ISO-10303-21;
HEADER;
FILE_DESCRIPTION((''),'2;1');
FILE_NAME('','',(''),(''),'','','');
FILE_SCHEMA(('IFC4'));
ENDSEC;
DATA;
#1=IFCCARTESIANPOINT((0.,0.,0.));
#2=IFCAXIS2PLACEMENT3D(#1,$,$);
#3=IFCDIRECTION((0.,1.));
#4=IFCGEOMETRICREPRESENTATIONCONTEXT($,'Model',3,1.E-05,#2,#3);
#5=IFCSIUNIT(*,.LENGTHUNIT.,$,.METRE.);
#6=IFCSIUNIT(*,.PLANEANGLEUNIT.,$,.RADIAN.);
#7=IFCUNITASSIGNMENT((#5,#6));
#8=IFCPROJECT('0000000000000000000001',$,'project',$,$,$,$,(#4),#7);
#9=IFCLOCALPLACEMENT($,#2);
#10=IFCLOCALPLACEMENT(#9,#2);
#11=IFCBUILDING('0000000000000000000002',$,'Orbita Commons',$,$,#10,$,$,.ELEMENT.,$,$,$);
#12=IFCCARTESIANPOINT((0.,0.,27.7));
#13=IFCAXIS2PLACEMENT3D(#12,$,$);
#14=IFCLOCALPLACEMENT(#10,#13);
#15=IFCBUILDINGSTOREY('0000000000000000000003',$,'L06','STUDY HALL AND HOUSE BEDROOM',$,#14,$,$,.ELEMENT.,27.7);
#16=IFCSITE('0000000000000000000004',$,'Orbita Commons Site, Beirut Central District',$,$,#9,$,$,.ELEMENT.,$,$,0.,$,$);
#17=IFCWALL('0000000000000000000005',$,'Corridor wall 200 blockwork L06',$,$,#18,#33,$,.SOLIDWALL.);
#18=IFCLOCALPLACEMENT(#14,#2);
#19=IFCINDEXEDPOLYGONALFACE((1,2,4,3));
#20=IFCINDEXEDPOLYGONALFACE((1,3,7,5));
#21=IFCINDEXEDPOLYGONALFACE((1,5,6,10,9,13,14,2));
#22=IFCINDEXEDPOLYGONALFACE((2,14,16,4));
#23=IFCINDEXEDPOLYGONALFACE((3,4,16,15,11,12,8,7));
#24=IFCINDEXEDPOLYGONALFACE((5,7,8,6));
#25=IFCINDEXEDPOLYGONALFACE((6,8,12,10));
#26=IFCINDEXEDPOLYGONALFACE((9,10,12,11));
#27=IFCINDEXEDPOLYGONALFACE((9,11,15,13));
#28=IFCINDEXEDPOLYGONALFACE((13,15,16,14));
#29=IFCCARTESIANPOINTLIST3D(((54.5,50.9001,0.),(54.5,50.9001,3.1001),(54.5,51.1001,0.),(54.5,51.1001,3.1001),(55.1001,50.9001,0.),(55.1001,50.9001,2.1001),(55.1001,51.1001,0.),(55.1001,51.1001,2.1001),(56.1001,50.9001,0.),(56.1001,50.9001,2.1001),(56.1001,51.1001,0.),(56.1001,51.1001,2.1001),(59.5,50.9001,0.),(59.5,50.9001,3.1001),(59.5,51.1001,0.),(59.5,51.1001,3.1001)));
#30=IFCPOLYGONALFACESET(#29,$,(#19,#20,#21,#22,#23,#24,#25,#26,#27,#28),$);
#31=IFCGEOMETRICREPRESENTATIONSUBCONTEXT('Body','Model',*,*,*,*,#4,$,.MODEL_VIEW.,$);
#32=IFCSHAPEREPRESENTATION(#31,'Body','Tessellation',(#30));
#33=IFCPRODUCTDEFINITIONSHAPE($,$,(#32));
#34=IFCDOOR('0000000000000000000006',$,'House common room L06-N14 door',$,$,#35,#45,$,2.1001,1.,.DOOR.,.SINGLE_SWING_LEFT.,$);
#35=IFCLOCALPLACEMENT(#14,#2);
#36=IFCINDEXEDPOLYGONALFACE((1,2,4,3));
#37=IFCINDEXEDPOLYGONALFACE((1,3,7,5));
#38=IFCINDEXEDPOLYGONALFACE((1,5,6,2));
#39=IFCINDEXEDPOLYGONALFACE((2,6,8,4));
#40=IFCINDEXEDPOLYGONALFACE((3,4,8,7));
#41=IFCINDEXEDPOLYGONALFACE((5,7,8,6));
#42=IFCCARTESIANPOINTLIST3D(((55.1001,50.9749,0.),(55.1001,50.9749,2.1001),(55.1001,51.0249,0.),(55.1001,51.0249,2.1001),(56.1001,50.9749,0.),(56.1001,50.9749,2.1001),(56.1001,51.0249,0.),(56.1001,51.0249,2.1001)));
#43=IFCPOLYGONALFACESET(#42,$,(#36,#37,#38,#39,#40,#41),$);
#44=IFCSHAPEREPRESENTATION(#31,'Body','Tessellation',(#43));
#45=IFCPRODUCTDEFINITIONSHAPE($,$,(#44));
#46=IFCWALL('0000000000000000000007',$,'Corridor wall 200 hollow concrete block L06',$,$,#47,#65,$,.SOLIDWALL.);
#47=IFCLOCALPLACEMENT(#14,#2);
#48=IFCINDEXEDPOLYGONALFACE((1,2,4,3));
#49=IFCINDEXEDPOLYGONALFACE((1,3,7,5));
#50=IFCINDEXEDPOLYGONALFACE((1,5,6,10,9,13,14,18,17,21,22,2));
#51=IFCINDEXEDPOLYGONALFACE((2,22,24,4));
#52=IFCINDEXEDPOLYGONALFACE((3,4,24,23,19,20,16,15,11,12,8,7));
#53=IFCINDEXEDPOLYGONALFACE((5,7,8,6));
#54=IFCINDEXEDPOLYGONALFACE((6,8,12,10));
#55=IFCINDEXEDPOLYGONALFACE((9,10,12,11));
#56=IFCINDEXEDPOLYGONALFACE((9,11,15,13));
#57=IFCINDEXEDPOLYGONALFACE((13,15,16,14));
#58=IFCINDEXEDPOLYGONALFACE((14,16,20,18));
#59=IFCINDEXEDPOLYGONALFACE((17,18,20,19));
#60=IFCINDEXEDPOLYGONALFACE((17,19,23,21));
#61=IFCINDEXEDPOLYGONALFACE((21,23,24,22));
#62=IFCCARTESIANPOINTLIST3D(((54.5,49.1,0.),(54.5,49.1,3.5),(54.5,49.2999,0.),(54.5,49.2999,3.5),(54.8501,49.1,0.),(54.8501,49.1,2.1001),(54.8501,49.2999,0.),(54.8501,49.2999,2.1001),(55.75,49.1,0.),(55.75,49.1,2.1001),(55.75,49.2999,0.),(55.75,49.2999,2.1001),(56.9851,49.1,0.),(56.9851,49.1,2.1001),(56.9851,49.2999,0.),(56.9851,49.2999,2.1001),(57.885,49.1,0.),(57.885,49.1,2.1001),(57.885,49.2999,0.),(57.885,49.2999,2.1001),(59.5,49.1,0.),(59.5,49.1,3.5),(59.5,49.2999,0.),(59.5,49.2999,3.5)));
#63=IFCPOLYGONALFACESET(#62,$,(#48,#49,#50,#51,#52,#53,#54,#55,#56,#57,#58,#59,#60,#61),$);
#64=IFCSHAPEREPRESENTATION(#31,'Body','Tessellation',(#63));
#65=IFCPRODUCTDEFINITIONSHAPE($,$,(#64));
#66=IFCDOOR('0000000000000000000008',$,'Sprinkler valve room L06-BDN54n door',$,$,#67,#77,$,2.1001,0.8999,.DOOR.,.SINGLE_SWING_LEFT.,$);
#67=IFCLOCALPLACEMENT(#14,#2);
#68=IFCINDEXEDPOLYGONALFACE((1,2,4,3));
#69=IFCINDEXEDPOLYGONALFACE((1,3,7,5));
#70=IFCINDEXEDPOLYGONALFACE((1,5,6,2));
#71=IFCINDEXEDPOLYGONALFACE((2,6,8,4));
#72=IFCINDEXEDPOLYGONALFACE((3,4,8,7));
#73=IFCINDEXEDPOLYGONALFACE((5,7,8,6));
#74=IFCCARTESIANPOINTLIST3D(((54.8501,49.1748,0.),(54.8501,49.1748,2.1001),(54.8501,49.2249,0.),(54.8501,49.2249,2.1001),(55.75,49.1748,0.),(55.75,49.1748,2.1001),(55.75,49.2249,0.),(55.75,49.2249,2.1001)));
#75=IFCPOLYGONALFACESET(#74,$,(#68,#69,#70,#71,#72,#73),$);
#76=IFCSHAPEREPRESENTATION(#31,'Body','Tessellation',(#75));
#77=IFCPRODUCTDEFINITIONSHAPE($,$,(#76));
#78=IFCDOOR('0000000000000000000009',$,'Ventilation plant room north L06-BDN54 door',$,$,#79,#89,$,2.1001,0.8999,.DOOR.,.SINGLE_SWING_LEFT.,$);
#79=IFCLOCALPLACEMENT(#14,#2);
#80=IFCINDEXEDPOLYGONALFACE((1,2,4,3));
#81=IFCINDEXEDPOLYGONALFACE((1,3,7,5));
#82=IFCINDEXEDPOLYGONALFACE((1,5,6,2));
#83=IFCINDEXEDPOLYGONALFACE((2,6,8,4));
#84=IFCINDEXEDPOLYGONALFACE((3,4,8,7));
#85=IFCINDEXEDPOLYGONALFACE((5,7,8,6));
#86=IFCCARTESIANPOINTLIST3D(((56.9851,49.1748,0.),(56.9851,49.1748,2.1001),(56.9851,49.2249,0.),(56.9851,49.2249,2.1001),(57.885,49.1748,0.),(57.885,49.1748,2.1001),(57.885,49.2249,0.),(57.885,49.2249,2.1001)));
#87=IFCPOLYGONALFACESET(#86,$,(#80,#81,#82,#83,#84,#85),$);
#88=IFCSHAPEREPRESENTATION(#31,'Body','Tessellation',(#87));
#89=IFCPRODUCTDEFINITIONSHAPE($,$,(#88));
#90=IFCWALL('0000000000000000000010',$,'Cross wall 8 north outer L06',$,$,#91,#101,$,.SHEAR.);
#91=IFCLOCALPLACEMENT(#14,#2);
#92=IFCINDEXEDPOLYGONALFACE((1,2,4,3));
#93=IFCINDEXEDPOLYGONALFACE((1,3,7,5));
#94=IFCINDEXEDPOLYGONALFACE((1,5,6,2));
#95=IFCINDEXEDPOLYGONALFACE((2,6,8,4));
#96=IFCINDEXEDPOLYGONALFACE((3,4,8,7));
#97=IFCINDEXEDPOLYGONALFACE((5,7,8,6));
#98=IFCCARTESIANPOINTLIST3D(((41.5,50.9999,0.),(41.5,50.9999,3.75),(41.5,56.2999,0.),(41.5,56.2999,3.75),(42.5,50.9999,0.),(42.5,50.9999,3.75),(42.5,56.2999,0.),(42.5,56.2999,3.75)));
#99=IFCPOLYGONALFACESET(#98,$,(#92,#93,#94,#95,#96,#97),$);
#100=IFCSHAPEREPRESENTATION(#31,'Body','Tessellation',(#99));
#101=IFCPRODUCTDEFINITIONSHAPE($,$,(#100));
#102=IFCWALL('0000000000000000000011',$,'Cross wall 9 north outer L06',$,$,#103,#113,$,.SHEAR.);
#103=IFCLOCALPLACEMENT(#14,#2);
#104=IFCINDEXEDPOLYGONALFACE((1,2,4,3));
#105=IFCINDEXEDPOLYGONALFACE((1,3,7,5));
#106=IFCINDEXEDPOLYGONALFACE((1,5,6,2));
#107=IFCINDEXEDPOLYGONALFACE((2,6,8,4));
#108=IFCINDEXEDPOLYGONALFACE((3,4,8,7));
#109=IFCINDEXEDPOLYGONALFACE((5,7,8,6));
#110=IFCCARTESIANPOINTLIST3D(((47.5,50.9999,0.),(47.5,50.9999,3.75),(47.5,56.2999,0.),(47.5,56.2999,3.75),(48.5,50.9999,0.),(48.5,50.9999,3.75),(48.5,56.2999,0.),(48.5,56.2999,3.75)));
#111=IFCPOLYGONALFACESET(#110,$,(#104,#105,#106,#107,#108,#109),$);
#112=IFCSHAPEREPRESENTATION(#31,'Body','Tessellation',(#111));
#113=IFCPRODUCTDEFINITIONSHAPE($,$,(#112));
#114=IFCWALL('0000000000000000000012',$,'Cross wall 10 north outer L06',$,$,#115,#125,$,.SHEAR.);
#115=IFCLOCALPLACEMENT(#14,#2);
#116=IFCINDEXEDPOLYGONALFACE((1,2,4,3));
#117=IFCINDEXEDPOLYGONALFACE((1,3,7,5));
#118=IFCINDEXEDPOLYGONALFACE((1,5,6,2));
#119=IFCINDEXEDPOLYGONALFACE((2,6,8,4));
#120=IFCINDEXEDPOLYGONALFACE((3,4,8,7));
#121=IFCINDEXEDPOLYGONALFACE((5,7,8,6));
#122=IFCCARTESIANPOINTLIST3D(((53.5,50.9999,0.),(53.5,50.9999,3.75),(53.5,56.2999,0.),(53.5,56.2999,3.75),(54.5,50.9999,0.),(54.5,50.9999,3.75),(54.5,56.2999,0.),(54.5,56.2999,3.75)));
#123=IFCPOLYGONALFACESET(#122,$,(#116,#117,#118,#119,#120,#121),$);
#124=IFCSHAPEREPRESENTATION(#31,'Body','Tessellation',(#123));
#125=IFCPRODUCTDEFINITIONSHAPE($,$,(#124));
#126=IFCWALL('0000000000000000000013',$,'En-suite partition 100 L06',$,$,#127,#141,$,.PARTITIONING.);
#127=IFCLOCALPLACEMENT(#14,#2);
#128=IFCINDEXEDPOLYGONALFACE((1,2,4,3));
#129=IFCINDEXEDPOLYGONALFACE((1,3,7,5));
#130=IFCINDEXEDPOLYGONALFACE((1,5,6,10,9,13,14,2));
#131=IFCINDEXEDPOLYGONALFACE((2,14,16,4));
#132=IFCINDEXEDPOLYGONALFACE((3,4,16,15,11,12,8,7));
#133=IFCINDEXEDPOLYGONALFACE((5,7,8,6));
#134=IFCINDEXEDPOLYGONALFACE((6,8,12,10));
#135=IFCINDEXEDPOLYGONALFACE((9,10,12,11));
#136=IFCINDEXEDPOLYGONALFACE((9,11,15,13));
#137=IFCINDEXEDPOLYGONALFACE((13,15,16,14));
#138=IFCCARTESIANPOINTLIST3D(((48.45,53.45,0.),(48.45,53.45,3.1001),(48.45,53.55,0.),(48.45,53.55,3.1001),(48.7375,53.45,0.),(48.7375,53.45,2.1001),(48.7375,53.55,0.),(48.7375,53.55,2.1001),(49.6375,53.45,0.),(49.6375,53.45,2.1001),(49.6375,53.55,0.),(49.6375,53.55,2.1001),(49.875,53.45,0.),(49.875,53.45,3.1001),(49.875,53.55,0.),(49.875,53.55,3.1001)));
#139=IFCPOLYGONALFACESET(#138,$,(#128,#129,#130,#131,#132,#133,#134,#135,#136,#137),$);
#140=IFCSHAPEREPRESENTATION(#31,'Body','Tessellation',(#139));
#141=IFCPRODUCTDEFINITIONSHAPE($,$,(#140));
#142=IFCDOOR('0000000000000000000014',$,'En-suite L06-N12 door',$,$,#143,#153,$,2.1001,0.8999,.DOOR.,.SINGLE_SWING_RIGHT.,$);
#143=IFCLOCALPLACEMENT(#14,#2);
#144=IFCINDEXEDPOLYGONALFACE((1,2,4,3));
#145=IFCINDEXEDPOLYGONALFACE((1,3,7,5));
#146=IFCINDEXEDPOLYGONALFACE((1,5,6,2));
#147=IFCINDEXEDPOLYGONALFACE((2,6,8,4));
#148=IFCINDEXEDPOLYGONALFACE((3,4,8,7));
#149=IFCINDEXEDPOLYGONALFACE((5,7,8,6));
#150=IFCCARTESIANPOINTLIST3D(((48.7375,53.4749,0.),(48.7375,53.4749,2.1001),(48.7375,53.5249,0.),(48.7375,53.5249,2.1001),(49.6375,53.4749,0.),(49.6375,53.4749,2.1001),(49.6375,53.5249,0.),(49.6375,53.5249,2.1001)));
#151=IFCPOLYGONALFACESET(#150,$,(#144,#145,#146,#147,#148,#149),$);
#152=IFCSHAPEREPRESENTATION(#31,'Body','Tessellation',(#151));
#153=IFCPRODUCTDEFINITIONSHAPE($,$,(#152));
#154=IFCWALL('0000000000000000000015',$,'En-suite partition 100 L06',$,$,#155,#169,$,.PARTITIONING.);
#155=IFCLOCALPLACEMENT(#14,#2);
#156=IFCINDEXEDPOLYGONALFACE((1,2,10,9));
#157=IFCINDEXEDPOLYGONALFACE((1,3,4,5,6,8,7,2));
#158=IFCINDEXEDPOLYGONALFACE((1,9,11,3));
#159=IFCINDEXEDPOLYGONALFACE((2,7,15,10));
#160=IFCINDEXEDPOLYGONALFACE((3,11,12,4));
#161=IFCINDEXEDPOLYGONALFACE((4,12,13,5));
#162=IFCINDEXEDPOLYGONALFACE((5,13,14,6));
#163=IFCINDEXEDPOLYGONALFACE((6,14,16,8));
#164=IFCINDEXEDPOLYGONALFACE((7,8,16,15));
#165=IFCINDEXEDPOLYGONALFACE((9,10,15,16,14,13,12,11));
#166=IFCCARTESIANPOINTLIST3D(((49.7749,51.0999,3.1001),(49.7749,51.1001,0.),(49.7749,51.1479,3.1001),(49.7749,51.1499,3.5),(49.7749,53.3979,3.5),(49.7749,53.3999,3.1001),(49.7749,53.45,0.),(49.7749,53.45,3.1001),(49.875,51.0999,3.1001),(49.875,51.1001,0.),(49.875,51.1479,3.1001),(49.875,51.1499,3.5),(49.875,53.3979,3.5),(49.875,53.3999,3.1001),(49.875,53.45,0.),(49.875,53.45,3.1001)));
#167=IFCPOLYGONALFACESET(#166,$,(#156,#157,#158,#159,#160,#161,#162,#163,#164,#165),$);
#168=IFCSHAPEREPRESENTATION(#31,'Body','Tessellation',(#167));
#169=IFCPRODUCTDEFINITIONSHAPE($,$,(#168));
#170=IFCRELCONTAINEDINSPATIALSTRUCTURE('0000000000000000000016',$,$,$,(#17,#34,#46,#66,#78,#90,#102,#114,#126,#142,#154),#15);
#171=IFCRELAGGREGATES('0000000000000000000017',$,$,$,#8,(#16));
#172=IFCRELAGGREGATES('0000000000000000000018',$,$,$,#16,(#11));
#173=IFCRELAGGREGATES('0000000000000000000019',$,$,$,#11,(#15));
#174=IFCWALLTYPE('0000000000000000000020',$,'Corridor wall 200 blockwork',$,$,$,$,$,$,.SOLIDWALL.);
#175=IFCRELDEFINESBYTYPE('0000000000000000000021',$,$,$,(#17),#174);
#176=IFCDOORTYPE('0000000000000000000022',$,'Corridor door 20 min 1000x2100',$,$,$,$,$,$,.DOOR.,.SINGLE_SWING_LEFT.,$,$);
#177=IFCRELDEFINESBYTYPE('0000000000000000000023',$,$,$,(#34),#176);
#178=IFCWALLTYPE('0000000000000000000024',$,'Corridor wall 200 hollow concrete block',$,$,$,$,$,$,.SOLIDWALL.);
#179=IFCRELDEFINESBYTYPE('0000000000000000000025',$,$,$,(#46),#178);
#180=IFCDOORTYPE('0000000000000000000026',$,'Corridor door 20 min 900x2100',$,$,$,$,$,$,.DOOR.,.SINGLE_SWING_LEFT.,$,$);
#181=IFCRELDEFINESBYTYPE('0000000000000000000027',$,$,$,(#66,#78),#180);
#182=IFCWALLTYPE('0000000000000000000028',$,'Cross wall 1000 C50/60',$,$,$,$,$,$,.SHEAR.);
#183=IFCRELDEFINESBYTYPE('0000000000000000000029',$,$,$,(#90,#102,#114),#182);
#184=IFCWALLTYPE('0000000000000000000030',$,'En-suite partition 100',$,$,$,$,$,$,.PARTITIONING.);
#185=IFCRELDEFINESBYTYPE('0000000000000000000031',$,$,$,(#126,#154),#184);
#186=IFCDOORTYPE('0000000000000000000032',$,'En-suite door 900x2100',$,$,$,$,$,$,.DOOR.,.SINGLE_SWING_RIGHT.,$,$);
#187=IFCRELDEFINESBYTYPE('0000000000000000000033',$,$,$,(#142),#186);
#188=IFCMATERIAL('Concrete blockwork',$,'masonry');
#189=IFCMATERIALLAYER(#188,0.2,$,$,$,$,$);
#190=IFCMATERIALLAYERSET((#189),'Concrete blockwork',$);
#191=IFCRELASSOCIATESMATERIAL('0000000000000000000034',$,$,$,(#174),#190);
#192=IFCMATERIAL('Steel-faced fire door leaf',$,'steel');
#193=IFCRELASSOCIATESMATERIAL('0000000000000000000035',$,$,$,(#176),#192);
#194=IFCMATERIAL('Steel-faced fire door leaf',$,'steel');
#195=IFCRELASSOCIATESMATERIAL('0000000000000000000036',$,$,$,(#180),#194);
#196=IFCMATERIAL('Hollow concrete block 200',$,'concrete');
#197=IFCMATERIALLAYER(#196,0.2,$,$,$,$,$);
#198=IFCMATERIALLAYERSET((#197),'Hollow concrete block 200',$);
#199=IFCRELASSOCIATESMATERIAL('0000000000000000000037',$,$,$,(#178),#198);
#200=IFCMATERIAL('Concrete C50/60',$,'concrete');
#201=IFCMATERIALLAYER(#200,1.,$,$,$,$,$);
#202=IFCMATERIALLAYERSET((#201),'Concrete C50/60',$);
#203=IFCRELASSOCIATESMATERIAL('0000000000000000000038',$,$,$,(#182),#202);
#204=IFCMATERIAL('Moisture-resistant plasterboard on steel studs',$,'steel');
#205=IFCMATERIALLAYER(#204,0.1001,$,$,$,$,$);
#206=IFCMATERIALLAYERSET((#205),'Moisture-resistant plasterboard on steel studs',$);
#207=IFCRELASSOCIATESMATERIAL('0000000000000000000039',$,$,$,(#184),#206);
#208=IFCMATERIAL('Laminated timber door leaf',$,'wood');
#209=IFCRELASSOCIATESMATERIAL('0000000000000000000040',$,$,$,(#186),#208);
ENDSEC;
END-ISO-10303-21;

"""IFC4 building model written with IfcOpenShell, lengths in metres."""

from ifc_helpers import new_model, si_unit, direction, frame, frame_2d, origin, place, context, subcontext, project, spatial, polyline, rectangle, outline, extrude, material, layer, layer_set, type_object, element, fill, save


model = new_model("IFC4")

# Units and contexts
model_context = context("Model", 3, precision=1e-05, world=origin(), true_north=direction((0.0, 1.0)))
body_context = subcontext(model_context, "Body", "Model", "MODEL_VIEW")
ifc_project = project(units=[si_unit("LENGTHUNIT", "METRE"), si_unit("PLANEANGLEUNIT", "RADIAN")], contexts=[model_context])

# Site, building, storey
site_placement = place(None, origin())
site = spatial("IfcSite", under=ifc_project, at=site_placement, Name="Orbita Commons Site, Beirut Central District", CompositionType="ELEMENT", RefElevation=0.0)
building_placement = place(site_placement, origin())
building = spatial("IfcBuilding", under=site, at=building_placement, Name="Orbita Commons", CompositionType="ELEMENT")
storey_placement = place(building_placement, frame((0.0, 0.0, 27.7)))
storey = spatial("IfcBuildingStorey", under=building, at=storey_placement, Name="L06", Description="STUDY HALL AND HOUSE BEDROOM", CompositionType="ELEMENT", Elevation=27.7)

# Shared definitions
ifc_material_1 = material(Name="Concrete blockwork", Category="masonry")
ifc_layer_1 = layer(ifc_material_1, 0.2)
ifc_layer_set_1 = layer_set([ifc_layer_1], Name="Concrete blockwork")
wall_type_1 = type_object("IfcWallType", Name="Corridor wall 200 blockwork", PredefinedType="SOLIDWALL", material=ifc_layer_set_1)
ifc_material_2 = material(Name="Steel-faced fire door leaf", Category="steel")
door_type_1 = type_object("IfcDoorType", Name="Corridor door 20 min 1000x2100", OperationType="SINGLE_SWING_LEFT", PredefinedType="DOOR", material=ifc_material_2)

# Shared definitions
ifc_material_3 = material(Name="Steel-faced fire door leaf", Category="steel")
door_type_2 = type_object("IfcDoorType", Name="Corridor door 20 min 900x2100", OperationType="SINGLE_SWING_LEFT", PredefinedType="DOOR", material=ifc_material_3)

# Wall, opening, door
wall_1_placement = place(storey_placement, frame((54.5, 51.0, 0.0), z_axis=(0.0, 0.0, 1.0), x_axis=(1.0, 0.0, 0.0)))
wall_1 = element("IfcWall", 1, at=wall_1_placement, inside=storey, type_object=wall_type_1, Name="Corridor wall 200 blockwork L06", PredefinedType="SOLIDWALL", context=body_context, shape_type="SweptSolid", body=[
    extrude(outline(polyline([(0.0, 0.0), (5.0, 0.0), (5.0, 3.1001), (0.0, 3.1001), (0.0, 0.0)])), frame((0.0, 0.1001, 0.0), z_axis=(0.0, -1.0, 0.0), x_axis=(1.0, 0.0, 0.0)), (0.0, 0.0, 1.0), 0.2),
])
opening_1_placement = place(wall_1_placement, frame((0.6001, 0.0, 0.0)))
opening_1 = element("IfcOpeningElement", 2, at=opening_1_placement, cuts=wall_1, PredefinedType="OPENING", context=body_context, shape_type="SweptSolid", body=[
    extrude(rectangle(XDim=1.0, YDim=2.1001, at=frame_2d((0.5, 1.05))), frame((0.0, 0.1099, 0.0), z_axis=(0.0, -1.0, 0.0), x_axis=(1.0, 0.0, 0.0)), (0.0, 0.0, 1.0), 0.22),
])
door_1_placement = place(opening_1_placement, origin())
door_1 = element("IfcDoor", 3, at=door_1_placement, inside=storey, type_object=door_type_1, Name="House common room L06-N14 door", OperationType="SINGLE_SWING_LEFT", OverallHeight=2.1001, OverallWidth=1.0, PredefinedType="DOOR", context=body_context, shape_type="SweptSolid", body=[
    extrude(rectangle(XDim=1.0, YDim=2.1001, at=frame_2d((0.5, 1.05))), frame((0.0, 0.0249, 0.0), z_axis=(0.0, -1.0, 0.0), x_axis=(1.0, 0.0, 0.0)), (0.0, 0.0, 1.0), 0.05),
])
fill(opening_1, door_1)

# Wall, openings, doors
ifc_material_4 = material(Name="Hollow concrete block 200", Category="concrete")
ifc_layer_2 = layer(ifc_material_4, 0.2)
ifc_layer_set_2 = layer_set([ifc_layer_2], Name="Hollow concrete block 200")
wall_type_2 = type_object("IfcWallType", Name="Corridor wall 200 hollow concrete block", PredefinedType="SOLIDWALL", material=ifc_layer_set_2)
wall_2_placement = place(storey_placement, frame((54.5, 49.2, 0.0), z_axis=(0.0, 0.0, 1.0), x_axis=(1.0, 0.0, 0.0)))
wall_2 = element("IfcWall", 4, at=wall_2_placement, inside=storey, type_object=wall_type_2, Name="Corridor wall 200 hollow concrete block L06", PredefinedType="SOLIDWALL", context=body_context, shape_type="SweptSolid", body=[
    extrude(rectangle(XDim=5.0, YDim=0.2, at=frame_2d((2.5, 0.0))), origin(), (0.0, 0.0, 1.0), 3.5),
])
opening_2_placement = place(wall_2_placement, frame((0.3501, 0.0, 0.0)))
opening_2 = element("IfcOpeningElement", 5, at=opening_2_placement, cuts=wall_2, PredefinedType="OPENING", context=body_context, shape_type="SweptSolid", body=[
    extrude(rectangle(XDim=0.8999, YDim=2.1001, at=frame_2d((0.45, 1.05))), frame((0.0, 0.1099, 0.0), z_axis=(0.0, -1.0, 0.0), x_axis=(1.0, 0.0, 0.0)), (0.0, 0.0, 1.0), 0.22),
])
opening_3_placement = place(wall_2_placement, frame((2.4851, 0.0, 0.0)))
opening_3 = element("IfcOpeningElement", 6, at=opening_3_placement, cuts=wall_2, PredefinedType="OPENING", context=body_context, shape_type="SweptSolid", body=[
    extrude(rectangle(XDim=0.8999, YDim=2.1001, at=frame_2d((0.45, 1.05))), frame((0.0, 0.1099, 0.0), z_axis=(0.0, -1.0, 0.0), x_axis=(1.0, 0.0, 0.0)), (0.0, 0.0, 1.0), 0.22),
])
door_2_placement = place(opening_2_placement, origin())
door_2 = element("IfcDoor", 7, at=door_2_placement, inside=storey, type_object=door_type_2, Name="Sprinkler valve room L06-BDN54n door", OperationType="SINGLE_SWING_LEFT", OverallHeight=2.1001, OverallWidth=0.8999, PredefinedType="DOOR", context=body_context, shape_type="SweptSolid", body=[
    extrude(rectangle(XDim=0.8999, YDim=2.1001, at=frame_2d((0.45, 1.05))), frame((0.0, 0.0249, 0.0), z_axis=(0.0, -1.0, 0.0), x_axis=(1.0, 0.0, 0.0)), (0.0, 0.0, 1.0), 0.05),
])
fill(opening_2, door_2)
door_3_placement = place(opening_3_placement, origin())
door_3 = element("IfcDoor", 8, at=door_3_placement, inside=storey, type_object=door_type_2, Name="Ventilation plant room north L06-BDN54 door", OperationType="SINGLE_SWING_LEFT", OverallHeight=2.1001, OverallWidth=0.8999, PredefinedType="DOOR", context=body_context, shape_type="SweptSolid", body=[
    extrude(rectangle(XDim=0.8999, YDim=2.1001, at=frame_2d((0.45, 1.05))), frame((0.0, 0.0249, 0.0), z_axis=(0.0, -1.0, 0.0), x_axis=(1.0, 0.0, 0.0)), (0.0, 0.0, 1.0), 0.05),
])
fill(opening_3, door_3)

# Walls
ifc_material_5 = material(Name="Concrete C50/60", Category="concrete")
ifc_layer_3 = layer(ifc_material_5, 1.0)
ifc_layer_set_3 = layer_set([ifc_layer_3], Name="Concrete C50/60")
wall_type_3 = type_object("IfcWallType", Name="Cross wall 1000 C50/60", PredefinedType="SHEAR", material=ifc_layer_set_3)
for number, where, z_axis, x_axis, name in (
    (9, (42.0, 51.0, 0.0), (0.0, 0.0, 1.0), (0.0, 1.0, 0.0), "Cross wall 8 north outer L06"),
    (10, (48.0, 51.0, 0.0), (0.0, 0.0, 1.0), (0.0, 1.0, 0.0), "Cross wall 9 north outer L06"),
    (11, (54.0, 51.0, 0.0), (0.0, 0.0, 1.0), (0.0, 1.0, 0.0), "Cross wall 10 north outer L06"),
):
    element("IfcWall", number, at=place(storey_placement, frame(where, z_axis=z_axis, x_axis=x_axis)), inside=storey, type_object=wall_type_3, Name=name, PredefinedType="SHEAR", context=body_context, shape_type="SweptSolid", body=[
        extrude(rectangle(XDim=5.3, YDim=1.0, at=frame_2d((2.6499, 0.0))), origin(), (0.0, 0.0, 1.0), 3.75),
    ])

# Wall, opening, door
ifc_material_6 = material(Name="Moisture-resistant plasterboard on steel studs", Category="steel")
ifc_layer_4 = layer(ifc_material_6, 0.1001)
ifc_layer_set_4 = layer_set([ifc_layer_4], Name="Moisture-resistant plasterboard on steel studs")
wall_type_4 = type_object("IfcWallType", Name="En-suite partition 100", PredefinedType="PARTITIONING", material=ifc_layer_set_4)
wall_3_placement = place(storey_placement, frame((48.45, 53.5, 0.0), z_axis=(0.0, 0.0, 1.0), x_axis=(1.0, 0.0, 0.0)))
wall_3 = element("IfcWall", 12, at=wall_3_placement, inside=storey, type_object=wall_type_4, Name="En-suite partition 100 L06", PredefinedType="PARTITIONING", context=body_context, shape_type="SweptSolid", body=[
    extrude(outline(polyline([(0.0, 0.0), (1.425, 0.0), (1.425, 3.1001), (0.0, 3.1001), (0.0, 0.0)])), frame((0.0, 0.05, 0.0), z_axis=(0.0, -1.0, 0.0), x_axis=(1.0, 0.0, 0.0)), (0.0, 0.0, 1.0), 0.1001),
])
opening_4_placement = place(wall_3_placement, frame((0.2876, 0.0, 0.0)))
opening_4 = element("IfcOpeningElement", 13, at=opening_4_placement, cuts=wall_3, PredefinedType="OPENING", context=body_context, shape_type="SweptSolid", body=[
    extrude(rectangle(XDim=0.8999, YDim=2.1001, at=frame_2d((0.45, 1.05))), frame((0.0, 0.0601, 0.0), z_axis=(0.0, -1.0, 0.0), x_axis=(1.0, 0.0, 0.0)), (0.0, 0.0, 1.0), 0.1201),
])
ifc_material_7 = material(Name="Laminated timber door leaf", Category="wood")
door_type_3 = type_object("IfcDoorType", Name="En-suite door 900x2100", OperationType="SINGLE_SWING_RIGHT", PredefinedType="DOOR", material=ifc_material_7)
door_4_placement = place(opening_4_placement, origin())
door_4 = element("IfcDoor", 14, at=door_4_placement, inside=storey, type_object=door_type_3, Name="En-suite L06-N12 door", OperationType="SINGLE_SWING_RIGHT", OverallHeight=2.1001, OverallWidth=0.8999, PredefinedType="DOOR", context=body_context, shape_type="SweptSolid", body=[
    extrude(rectangle(XDim=0.8999, YDim=2.1001, at=frame_2d((0.45, 1.05))), frame((0.0, 0.0249, 0.0), z_axis=(0.0, -1.0, 0.0), x_axis=(1.0, 0.0, 0.0)), (0.0, 0.0, 1.0), 0.05),
])
fill(opening_4, door_4)

# Wall
wall_4_placement = place(storey_placement, frame((49.825, 53.45, 0.0), z_axis=(0.0, 0.0, 1.0), x_axis=(0.0, -1.0, 0.0)))
element("IfcWall", 15, at=wall_4_placement, inside=storey, type_object=wall_type_4, Name="En-suite partition 100 L06", PredefinedType="PARTITIONING", context=body_context, shape_type="SweptSolid", body=[
    extrude(outline(polyline([(0.0, 0.0), (2.3499, 0.0), (2.3501, 3.1001), (2.302, 3.1001), (2.3, 3.5), (0.052, 3.5), (0.05, 3.1001), (0.0, 3.1001), (0.0, 0.0)])), frame((0.0, 0.05, 0.0), z_axis=(0.0, -1.0, 0.0), x_axis=(1.0, 0.0, 0.0)), (0.0, 0.0, 1.0), 0.1001),
])

save(model, "model.ifc")
